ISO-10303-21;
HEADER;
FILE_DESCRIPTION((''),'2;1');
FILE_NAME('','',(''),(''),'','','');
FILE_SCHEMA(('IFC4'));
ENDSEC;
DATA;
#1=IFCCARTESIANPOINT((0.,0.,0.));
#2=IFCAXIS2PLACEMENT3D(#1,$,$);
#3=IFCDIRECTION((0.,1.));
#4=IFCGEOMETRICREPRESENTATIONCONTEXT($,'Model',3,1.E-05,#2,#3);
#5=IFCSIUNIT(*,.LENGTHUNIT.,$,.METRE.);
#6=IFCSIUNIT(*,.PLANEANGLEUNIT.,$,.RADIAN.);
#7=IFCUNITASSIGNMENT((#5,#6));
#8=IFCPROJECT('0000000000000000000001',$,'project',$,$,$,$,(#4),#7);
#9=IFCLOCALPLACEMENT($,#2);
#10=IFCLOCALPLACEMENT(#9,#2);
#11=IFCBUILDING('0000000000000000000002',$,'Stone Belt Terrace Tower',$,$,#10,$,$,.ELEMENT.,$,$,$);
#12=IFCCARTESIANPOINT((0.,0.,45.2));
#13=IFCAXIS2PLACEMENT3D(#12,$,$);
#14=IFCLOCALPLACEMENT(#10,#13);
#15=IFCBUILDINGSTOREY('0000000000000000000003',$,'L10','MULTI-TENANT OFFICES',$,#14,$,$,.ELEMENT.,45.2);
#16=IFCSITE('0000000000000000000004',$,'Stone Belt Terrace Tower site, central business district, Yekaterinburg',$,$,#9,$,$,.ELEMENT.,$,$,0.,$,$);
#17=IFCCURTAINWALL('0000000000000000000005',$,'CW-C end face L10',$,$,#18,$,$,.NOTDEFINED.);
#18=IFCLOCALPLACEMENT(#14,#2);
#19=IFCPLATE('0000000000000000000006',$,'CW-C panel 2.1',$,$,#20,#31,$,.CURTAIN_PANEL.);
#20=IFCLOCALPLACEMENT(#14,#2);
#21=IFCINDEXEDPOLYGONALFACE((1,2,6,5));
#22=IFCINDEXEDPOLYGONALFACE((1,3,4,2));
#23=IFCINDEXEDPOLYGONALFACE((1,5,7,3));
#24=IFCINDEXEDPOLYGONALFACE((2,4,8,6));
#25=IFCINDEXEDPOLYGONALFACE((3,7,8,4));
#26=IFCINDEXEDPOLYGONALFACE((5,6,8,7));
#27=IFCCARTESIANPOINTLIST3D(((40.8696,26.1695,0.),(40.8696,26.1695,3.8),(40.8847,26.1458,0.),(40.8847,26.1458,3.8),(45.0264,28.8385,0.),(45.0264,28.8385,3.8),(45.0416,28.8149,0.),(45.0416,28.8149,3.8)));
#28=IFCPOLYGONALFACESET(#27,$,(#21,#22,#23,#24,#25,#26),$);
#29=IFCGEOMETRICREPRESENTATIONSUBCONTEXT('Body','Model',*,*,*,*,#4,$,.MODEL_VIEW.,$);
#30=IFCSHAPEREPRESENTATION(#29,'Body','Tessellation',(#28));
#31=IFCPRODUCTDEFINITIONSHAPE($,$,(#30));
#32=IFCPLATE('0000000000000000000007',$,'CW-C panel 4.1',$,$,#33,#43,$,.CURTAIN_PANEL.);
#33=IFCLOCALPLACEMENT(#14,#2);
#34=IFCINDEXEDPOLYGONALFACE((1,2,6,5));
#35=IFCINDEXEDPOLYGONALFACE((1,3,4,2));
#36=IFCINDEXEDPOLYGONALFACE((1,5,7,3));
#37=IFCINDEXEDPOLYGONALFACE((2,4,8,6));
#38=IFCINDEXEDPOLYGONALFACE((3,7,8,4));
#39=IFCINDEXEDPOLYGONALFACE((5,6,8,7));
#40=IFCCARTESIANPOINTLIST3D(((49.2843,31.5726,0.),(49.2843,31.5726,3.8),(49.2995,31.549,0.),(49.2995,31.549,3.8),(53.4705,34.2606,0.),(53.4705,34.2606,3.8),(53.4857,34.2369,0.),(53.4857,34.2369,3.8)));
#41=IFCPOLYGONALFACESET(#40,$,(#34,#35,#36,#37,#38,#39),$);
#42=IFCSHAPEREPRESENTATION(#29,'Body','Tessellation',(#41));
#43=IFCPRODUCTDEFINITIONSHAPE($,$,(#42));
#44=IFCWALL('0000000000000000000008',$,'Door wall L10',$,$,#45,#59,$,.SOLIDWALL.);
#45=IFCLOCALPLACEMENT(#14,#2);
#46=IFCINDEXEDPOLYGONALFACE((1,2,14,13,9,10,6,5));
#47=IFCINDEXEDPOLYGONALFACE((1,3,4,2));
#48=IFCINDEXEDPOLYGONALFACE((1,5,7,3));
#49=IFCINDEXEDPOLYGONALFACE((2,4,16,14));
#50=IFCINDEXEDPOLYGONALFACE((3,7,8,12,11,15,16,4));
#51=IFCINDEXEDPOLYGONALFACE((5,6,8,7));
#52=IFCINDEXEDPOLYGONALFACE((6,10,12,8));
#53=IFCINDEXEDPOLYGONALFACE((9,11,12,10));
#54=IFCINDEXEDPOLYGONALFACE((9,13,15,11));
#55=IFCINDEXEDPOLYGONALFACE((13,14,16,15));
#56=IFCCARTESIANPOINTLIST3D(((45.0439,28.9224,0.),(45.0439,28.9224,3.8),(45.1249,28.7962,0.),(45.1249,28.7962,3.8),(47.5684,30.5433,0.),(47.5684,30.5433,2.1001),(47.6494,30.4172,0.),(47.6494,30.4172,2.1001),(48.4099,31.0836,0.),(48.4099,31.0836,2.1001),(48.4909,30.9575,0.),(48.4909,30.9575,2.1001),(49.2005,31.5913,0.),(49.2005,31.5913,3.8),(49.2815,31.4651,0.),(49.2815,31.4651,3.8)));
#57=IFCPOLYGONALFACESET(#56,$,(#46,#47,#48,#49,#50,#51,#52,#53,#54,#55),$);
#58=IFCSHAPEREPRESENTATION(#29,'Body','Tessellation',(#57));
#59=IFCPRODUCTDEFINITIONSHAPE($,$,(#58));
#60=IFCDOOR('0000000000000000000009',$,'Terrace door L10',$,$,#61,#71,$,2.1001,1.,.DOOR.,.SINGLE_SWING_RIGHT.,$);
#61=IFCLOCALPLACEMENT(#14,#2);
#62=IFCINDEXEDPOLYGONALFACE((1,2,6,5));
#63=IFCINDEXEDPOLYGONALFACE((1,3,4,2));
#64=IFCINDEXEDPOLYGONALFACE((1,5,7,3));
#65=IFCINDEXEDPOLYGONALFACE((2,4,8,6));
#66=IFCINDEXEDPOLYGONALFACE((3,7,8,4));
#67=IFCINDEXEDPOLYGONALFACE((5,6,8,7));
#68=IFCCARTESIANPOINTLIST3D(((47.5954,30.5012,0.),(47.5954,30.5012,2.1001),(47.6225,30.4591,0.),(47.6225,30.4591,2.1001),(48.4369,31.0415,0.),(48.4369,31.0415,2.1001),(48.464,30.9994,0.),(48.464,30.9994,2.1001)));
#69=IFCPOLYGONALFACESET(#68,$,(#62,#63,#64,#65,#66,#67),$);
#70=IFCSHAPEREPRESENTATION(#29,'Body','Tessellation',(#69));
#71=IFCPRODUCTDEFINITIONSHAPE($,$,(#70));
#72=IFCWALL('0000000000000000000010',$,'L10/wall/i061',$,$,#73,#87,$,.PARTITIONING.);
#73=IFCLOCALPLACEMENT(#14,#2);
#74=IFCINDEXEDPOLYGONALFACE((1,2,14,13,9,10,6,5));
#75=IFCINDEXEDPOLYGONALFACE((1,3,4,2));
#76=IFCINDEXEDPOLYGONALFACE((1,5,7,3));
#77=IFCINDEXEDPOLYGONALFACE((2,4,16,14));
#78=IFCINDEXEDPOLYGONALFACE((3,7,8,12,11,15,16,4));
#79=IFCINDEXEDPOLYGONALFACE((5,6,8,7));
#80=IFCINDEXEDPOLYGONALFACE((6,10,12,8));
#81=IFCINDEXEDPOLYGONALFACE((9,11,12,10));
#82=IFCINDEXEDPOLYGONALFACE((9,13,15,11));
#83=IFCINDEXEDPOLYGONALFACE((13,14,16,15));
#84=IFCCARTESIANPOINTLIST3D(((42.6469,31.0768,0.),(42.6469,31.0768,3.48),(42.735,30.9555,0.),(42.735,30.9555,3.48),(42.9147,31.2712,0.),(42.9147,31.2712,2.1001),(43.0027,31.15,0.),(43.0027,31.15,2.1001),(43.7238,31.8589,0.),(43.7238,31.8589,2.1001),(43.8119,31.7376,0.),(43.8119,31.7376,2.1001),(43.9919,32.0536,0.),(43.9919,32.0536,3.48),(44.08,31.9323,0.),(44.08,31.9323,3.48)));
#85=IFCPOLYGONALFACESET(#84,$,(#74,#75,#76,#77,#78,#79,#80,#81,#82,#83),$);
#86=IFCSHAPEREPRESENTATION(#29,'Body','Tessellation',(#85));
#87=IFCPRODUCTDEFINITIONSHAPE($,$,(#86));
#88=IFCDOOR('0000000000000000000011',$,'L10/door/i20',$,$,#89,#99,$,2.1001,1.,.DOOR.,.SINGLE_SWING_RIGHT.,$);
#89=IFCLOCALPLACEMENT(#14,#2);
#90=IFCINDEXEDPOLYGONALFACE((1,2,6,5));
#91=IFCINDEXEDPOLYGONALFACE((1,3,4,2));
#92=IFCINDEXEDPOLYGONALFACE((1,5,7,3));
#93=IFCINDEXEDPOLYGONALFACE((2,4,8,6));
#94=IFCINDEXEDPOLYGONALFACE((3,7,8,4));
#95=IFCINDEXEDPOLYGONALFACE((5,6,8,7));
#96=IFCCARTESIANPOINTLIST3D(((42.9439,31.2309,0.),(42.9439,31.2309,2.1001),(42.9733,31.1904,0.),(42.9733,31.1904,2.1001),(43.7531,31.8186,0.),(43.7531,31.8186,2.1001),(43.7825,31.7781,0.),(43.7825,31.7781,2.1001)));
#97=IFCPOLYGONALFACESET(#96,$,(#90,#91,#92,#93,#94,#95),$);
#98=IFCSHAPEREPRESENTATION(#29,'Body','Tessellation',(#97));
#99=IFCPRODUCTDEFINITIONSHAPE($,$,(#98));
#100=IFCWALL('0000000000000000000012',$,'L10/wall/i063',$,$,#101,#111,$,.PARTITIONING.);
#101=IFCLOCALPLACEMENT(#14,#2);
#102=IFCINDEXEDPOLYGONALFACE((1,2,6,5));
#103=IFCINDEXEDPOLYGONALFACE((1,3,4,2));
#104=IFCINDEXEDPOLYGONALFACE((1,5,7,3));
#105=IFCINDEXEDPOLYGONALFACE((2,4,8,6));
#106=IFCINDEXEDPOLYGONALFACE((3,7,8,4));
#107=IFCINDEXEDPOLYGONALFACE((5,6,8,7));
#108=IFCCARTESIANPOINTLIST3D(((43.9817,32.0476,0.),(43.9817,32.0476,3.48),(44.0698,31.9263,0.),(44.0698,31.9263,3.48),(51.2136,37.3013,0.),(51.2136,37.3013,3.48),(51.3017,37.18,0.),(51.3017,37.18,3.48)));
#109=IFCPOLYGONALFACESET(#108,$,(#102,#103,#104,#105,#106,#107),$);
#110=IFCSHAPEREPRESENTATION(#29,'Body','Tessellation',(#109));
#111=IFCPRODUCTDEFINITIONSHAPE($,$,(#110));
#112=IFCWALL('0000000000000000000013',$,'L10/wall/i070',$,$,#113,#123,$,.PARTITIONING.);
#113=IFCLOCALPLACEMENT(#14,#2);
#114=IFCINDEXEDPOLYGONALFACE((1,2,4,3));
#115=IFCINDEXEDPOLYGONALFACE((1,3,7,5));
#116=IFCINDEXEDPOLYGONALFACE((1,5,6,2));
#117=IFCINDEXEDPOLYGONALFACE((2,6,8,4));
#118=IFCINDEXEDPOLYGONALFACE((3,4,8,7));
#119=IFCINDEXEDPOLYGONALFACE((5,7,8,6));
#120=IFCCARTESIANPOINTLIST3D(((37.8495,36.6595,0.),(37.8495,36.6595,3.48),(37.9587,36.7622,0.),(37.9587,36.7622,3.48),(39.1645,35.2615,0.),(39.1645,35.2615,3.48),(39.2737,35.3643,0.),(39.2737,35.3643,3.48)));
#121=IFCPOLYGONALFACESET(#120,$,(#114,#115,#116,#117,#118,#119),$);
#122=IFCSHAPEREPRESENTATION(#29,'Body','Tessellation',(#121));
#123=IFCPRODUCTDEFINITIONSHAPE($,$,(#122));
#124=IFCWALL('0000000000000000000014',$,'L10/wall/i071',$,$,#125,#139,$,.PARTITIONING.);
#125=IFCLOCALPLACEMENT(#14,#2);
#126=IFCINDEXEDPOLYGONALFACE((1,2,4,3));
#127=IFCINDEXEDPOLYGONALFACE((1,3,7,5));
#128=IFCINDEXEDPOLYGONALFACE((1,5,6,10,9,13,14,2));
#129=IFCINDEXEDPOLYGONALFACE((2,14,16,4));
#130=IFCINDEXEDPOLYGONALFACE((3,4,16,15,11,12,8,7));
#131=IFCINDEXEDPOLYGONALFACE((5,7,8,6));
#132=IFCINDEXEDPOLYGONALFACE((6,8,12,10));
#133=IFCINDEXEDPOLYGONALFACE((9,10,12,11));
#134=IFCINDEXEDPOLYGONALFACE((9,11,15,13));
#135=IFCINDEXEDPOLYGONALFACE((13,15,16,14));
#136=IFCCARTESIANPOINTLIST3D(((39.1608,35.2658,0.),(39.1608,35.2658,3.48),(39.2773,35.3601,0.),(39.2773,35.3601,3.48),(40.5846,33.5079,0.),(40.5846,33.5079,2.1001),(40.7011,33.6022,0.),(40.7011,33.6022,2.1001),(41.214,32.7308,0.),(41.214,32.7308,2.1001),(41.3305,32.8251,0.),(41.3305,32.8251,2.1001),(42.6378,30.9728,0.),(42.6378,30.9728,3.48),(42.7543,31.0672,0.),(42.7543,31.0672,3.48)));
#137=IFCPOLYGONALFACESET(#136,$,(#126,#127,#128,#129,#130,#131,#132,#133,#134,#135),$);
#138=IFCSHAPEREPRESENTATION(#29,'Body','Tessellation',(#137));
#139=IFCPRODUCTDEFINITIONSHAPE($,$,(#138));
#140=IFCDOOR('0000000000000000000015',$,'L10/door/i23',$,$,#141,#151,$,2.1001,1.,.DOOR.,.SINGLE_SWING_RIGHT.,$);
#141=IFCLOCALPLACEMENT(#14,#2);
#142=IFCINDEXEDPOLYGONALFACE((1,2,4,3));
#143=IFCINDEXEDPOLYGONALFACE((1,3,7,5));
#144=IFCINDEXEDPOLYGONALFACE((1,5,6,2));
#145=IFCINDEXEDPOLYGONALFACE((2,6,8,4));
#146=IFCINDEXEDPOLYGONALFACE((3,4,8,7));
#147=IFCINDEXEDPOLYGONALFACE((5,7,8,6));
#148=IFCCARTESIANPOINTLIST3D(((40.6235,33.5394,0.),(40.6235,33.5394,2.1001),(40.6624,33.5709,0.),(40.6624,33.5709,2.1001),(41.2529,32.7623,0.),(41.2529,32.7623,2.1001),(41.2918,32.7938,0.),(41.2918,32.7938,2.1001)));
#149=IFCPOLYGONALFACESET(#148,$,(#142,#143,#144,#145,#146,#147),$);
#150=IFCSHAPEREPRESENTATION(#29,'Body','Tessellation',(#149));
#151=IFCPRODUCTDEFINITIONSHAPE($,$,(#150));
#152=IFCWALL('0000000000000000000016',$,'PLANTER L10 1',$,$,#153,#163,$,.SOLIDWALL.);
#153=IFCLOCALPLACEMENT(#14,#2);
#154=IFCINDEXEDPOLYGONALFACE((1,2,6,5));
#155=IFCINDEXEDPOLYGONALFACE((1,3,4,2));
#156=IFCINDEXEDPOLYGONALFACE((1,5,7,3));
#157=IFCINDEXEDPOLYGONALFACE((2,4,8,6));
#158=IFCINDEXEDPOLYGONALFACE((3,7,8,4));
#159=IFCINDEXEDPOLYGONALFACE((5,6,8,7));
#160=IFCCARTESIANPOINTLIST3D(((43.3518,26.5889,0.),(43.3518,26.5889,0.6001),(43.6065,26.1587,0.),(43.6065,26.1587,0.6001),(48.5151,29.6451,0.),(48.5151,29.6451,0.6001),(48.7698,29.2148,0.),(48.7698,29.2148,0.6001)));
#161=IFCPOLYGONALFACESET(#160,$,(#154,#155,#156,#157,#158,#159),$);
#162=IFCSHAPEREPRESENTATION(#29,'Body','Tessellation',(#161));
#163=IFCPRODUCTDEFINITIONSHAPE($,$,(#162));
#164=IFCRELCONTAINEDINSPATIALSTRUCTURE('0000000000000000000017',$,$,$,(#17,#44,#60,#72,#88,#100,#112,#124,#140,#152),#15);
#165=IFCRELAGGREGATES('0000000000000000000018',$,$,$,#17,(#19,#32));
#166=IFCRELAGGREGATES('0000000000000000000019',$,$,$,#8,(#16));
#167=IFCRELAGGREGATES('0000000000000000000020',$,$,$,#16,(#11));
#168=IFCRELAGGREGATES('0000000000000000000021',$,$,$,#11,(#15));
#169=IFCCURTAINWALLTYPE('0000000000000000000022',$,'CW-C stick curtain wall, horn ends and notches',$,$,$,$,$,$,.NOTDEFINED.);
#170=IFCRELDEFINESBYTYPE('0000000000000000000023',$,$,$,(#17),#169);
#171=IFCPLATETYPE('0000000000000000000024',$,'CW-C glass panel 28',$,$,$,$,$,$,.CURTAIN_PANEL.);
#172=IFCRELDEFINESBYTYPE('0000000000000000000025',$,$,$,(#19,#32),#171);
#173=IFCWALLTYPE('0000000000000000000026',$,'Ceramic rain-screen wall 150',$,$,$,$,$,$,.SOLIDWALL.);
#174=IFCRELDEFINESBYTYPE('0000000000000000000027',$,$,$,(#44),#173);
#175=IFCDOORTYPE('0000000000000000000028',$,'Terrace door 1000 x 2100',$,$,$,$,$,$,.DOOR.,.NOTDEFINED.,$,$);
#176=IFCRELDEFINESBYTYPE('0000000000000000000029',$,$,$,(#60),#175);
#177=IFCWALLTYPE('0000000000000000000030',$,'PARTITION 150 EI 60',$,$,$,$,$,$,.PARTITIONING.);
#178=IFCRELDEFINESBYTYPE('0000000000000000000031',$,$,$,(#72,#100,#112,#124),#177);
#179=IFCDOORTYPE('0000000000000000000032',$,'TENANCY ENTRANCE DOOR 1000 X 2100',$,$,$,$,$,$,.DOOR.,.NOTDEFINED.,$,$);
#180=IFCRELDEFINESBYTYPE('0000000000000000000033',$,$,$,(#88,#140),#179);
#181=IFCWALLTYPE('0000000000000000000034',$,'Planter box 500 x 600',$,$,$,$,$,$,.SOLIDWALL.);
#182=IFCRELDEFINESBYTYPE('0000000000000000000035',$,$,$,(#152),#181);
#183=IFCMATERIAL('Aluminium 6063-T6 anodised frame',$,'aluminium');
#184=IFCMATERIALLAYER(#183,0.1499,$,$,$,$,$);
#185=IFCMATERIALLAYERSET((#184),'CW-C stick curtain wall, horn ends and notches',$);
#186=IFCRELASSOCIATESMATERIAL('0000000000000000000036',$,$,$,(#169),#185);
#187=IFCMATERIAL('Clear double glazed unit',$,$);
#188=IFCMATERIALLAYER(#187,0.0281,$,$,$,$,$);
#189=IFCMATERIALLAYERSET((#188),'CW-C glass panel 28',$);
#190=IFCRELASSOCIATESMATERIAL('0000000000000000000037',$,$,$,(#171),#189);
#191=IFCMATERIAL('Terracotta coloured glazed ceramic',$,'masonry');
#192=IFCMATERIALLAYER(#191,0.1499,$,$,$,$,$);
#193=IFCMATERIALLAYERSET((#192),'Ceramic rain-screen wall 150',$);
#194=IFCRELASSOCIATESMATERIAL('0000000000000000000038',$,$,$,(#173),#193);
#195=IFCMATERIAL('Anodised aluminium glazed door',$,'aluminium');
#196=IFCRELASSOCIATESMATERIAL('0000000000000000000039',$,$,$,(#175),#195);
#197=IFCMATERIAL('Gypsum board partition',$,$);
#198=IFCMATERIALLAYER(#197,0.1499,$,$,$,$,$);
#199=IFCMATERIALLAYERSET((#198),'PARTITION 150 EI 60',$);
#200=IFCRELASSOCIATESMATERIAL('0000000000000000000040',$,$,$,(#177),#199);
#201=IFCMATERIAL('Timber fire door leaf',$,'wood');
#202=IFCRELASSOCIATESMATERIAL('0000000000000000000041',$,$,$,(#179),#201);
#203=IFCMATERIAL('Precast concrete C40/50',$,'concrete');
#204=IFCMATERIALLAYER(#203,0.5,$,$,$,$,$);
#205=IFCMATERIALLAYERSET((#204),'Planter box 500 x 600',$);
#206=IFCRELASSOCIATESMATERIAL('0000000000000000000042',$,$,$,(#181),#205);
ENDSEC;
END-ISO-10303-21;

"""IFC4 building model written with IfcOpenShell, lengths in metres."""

from ifc_helpers import new_model, si_unit, direction, frame, frame_2d, origin, origin_2d, place, context, subcontext, project, spatial, rectangle, extrude, material, layer, layer_set, type_object, element, fill, aggregate, save


model = new_model("IFC4")

# Units and contexts
model_context = context("Model", 3, precision=1e-05, world=origin(), true_north=direction((0.0, 1.0)))
body_context = subcontext(model_context, "Body", "Model", "MODEL_VIEW")
ifc_project = project(units=[si_unit("LENGTHUNIT", "METRE"), si_unit("PLANEANGLEUNIT", "RADIAN")], contexts=[model_context])

# Site, building, storey
site_placement = place(None, origin())
site = spatial("IfcSite", under=ifc_project, at=site_placement, Name="Stone Belt Terrace Tower site, central business district, Yekaterinburg", CompositionType="ELEMENT", RefElevation=0.0)
building_placement = place(site_placement, origin())
building = spatial("IfcBuilding", under=site, at=building_placement, Name="Stone Belt Terrace Tower", CompositionType="ELEMENT")
storey_placement = place(building_placement, frame((0.0, 0.0, 45.2)))
storey = spatial("IfcBuildingStorey", under=building, at=storey_placement, Name="L10", Description="MULTI-TENANT OFFICES", CompositionType="ELEMENT", Elevation=45.2)

# Curtain wall
ifc_material_1 = material(Name="Aluminium 6063-T6 anodised frame", Category="aluminium")
ifc_layer_1 = layer(ifc_material_1, 0.1499)
ifc_layer_set_1 = layer_set([ifc_layer_1], Name="CW-C stick curtain wall, horn ends and notches")
curtain_wall_type = type_object("IfcCurtainWallType", Name="CW-C stick curtain wall, horn ends and notches", PredefinedType="NOTDEFINED", material=ifc_layer_set_1)
curtain_wall_1_placement = place(storey_placement, origin())
curtain_wall_1 = element("IfcCurtainWall", 1, at=curtain_wall_1_placement, inside=storey, type_object=curtain_wall_type, Name="CW-C end face L10", PredefinedType="NOTDEFINED")

# Plates
ifc_material_2 = material(Name="Clear double glazed unit")
ifc_layer_2 = layer(ifc_material_2, 0.0281)
ifc_layer_set_2 = layer_set([ifc_layer_2], Name="CW-C glass panel 28")
plate_type = type_object("IfcPlateType", Name="CW-C glass panel 28", PredefinedType="CURTAIN_PANEL", material=ifc_layer_set_2)
plate_1_placement = place(storey_placement, frame((42.9556, 27.4922, 0.0), z_axis=(0.0, 0.0, 1.0), x_axis=(0.841471, 0.540302, 0.0)))
plate_1 = element("IfcPlate", 2, at=plate_1_placement, type_object=plate_type, Name="CW-C panel 2.1", PredefinedType="CURTAIN_PANEL", context=body_context, shape_type="SweptSolid", body=[
    extrude(rectangle(XDim=4.9399, YDim=0.0281, at=origin_2d()), origin(), (0.0, 0.0, 1.0), 3.8),
])
plate_2_placement = place(storey_placement, frame((51.385, 32.9048, 0.0), z_axis=(0.0, 0.0, 1.0), x_axis=(0.841471, 0.540302, 0.0)))
plate_2 = element("IfcPlate", 3, at=plate_2_placement, type_object=plate_type, Name="CW-C panel 4.1", PredefinedType="CURTAIN_PANEL", context=body_context, shape_type="SweptSolid", body=[
    extrude(rectangle(XDim=4.9749, YDim=0.0281, at=origin_2d()), origin(), (0.0, 0.0, 1.0), 3.8),
])
aggregate(curtain_wall_1, [plate_1, plate_2])

# Walls, openings, doors
ifc_material_3 = material(Name="Terracotta coloured glazed ceramic", Category="masonry")
ifc_layer_3 = layer(ifc_material_3, 0.1499)
ifc_layer_set_3 = layer_set([ifc_layer_3], Name="Ceramic rain-screen wall 150")
wall_type_1 = type_object("IfcWallType", Name="Ceramic rain-screen wall 150", PredefinedType="SOLIDWALL", material=ifc_layer_set_3)
wall_1_placement = place(storey_placement, frame((45.0845, 28.8594, 0.0), z_axis=(0.0, 0.0, 1.0), x_axis=(0.841477, 0.540293, 0.0)))
wall_1 = element("IfcWall", 4, at=wall_1_placement, inside=storey, type_object=wall_type_1, Name="Door wall L10", PredefinedType="SOLIDWALL", context=body_context, shape_type="SweptSolid", body=[
    extrude(rectangle(XDim=4.9397, YDim=0.1499, at=frame_2d((2.4697, 0.0))), origin(), (0.0, 0.0, 1.0), 3.8),
])
opening_1_placement = place(wall_1_placement, frame((3.0, 0.0, 0.0)))
opening_1 = element("IfcOpeningElement", 5, at=opening_1_placement, cuts=wall_1, PredefinedType="OPENING", context=body_context, shape_type="SweptSolid", body=[
    extrude(rectangle(XDim=1.0, YDim=2.1001, at=frame_2d((0.5, 1.05))), frame((0.0, 0.085, 0.0), z_axis=(0.0, -1.0, 0.0), x_axis=(1.0, 0.0, 0.0)), (0.0, 0.0, 1.0), 0.1699),
])
ifc_material_4 = material(Name="Anodised aluminium glazed door", Category="aluminium")
door_type_1 = type_object("IfcDoorType", Name="Terrace door 1000 x 2100", OperationType="NOTDEFINED", PredefinedType="DOOR", material=ifc_material_4)
door_1_placement = place(opening_1_placement, origin())
door_1 = element("IfcDoor", 6, at=door_1_placement, inside=storey, type_object=door_type_1, Name="Terrace door L10", OperationType="SINGLE_SWING_RIGHT", OverallHeight=2.1001, OverallWidth=1.0, PredefinedType="DOOR", context=body_context, shape_type="SweptSolid", body=[
    extrude(rectangle(XDim=1.0, YDim=2.1001, at=frame_2d((0.5, 1.05))), frame((0.0, 0.0249, 0.0), z_axis=(0.0, -1.0, 0.0), x_axis=(1.0, 0.0, 0.0)), (0.0, 0.0, 1.0), 0.05),
])
fill(opening_1, door_1)
ifc_material_5 = material(Name="Gypsum board partition")
ifc_layer_4 = layer(ifc_material_5, 0.1499)
ifc_layer_set_4 = layer_set([ifc_layer_4], Name="PARTITION 150 EI 60")
wall_type_2 = type_object("IfcWallType", Name="PARTITION 150 EI 60", PredefinedType="PARTITIONING", material=ifc_layer_set_4)
wall_2_placement = place(storey_placement, frame((44.0359, 31.9929, 0.0), z_axis=(0.0, 0.0, 1.0), x_axis=(-0.809123, -0.587639, 0.0)))
wall_2 = element("IfcWall", 7, at=wall_2_placement, inside=storey, type_object=wall_type_2, Name="L10/wall/i061", PredefinedType="PARTITIONING", context=body_context, shape_type="SweptSolid", body=[
    extrude(rectangle(XDim=1.6624, YDim=0.1499, at=frame_2d((0.8311, 0.0))), origin(), (0.0, 0.0, 1.0), 3.48),
])
opening_2_placement = place(wall_2_placement, frame((0.3313, 0.0, 0.0)))
opening_2 = element("IfcOpeningElement", 8, at=opening_2_placement, cuts=wall_2, PredefinedType="OPENING", context=body_context, shape_type="SweptSolid", body=[
    extrude(rectangle(XDim=1.0, YDim=2.1001, at=frame_2d((0.5, 1.05))), frame((0.0, 0.085, 0.0), z_axis=(0.0, -1.0, 0.0), x_axis=(1.0, 0.0, 0.0)), (0.0, 0.0, 1.0), 0.1699),
])
ifc_material_6 = material(Name="Timber fire door leaf", Category="wood")
door_type_2 = type_object("IfcDoorType", Name="TENANCY ENTRANCE DOOR 1000 X 2100", OperationType="NOTDEFINED", PredefinedType="DOOR", material=ifc_material_6)
door_2_placement = place(opening_2_placement, origin())
door_2 = element("IfcDoor", 9, at=door_2_placement, inside=storey, type_object=door_type_2, Name="L10/door/i20", OperationType="SINGLE_SWING_RIGHT", OverallHeight=2.1001, OverallWidth=1.0, PredefinedType="DOOR", context=body_context, shape_type="SweptSolid", body=[
    extrude(rectangle(XDim=1.0, YDim=2.1001, at=frame_2d((0.5, 1.05))), frame((0.0, 0.0249, 0.0), z_axis=(0.0, -1.0, 0.0), x_axis=(1.0, 0.0, 0.0)), (0.0, 0.0, 1.0), 0.05),
])
fill(opening_2, door_2)

# Walls
wall_3_placement = place(storey_placement, frame((44.0259, 31.9871, 0.0), z_axis=(0.0, 0.0, 1.0), x_axis=(0.809051, 0.587738, 0.0)))
element("IfcWall", 10, at=wall_3_placement, inside=storey, type_object=wall_type_2, Name="L10/wall/i063", PredefinedType="PARTITIONING", context=body_context, shape_type="SweptSolid", body=[
    extrude(rectangle(XDim=8.9387, YDim=0.1499, at=frame_2d((4.4692, 0.0))), origin(), (0.0, 0.0, 1.0), 3.48),
])
wall_4_placement = place(storey_placement, frame((39.219, 35.313, 0.0), z_axis=(0.0, 0.0, 1.0), x_axis=(-0.68515, 0.728402, 0.0)))
element("IfcWall", 11, at=wall_4_placement, inside=storey, type_object=wall_type_2, Name="L10/wall/i070", PredefinedType="PARTITIONING", context=body_context, shape_type="SweptSolid", body=[
    extrude(rectangle(XDim=1.9192, YDim=0.1499, at=frame_2d((0.9595, 0.0))), origin(), (0.0, 0.0, 1.0), 3.48),
])

# Wall, opening, door
wall_5_placement = place(storey_placement, frame((42.696, 31.02, 0.0), z_axis=(0.0, 0.0, 1.0), x_axis=(-0.629394, 0.777086, 0.0)))
wall_5 = element("IfcWall", 12, at=wall_5_placement, inside=storey, type_object=wall_type_2, Name="L10/wall/i071", PredefinedType="PARTITIONING", context=body_context, shape_type="SweptSolid", body=[
    extrude(rectangle(XDim=5.5244, YDim=0.1499, at=frame_2d((2.7622, 0.0))), origin(), (0.0, 0.0, 1.0), 3.48),
])
opening_3_placement = place(wall_5_placement, frame((2.2622, 0.0, 0.0)))
opening_3 = element("IfcOpeningElement", 13, at=opening_3_placement, cuts=wall_5, PredefinedType="OPENING", context=body_context, shape_type="SweptSolid", body=[
    extrude(rectangle(XDim=1.0, YDim=2.1001, at=frame_2d((0.5, 1.05))), frame((0.0, 0.085, 0.0), z_axis=(0.0, -1.0, 0.0), x_axis=(1.0, 0.0, 0.0)), (0.0, 0.0, 1.0), 0.1699),
])
door_3_placement = place(opening_3_placement, origin())
door_3 = element("IfcDoor", 14, at=door_3_placement, inside=storey, type_object=door_type_2, Name="L10/door/i23", OperationType="SINGLE_SWING_RIGHT", OverallHeight=2.1001, OverallWidth=1.0, PredefinedType="DOOR", context=body_context, shape_type="SweptSolid", body=[
    extrude(rectangle(XDim=1.0, YDim=2.1001, at=frame_2d((0.5, 1.05))), frame((0.0, 0.0249, 0.0), z_axis=(0.0, -1.0, 0.0), x_axis=(1.0, 0.0, 0.0)), (0.0, 0.0, 1.0), 0.05),
])
fill(opening_3, door_3)

# Wall
ifc_material_7 = material(Name="Precast concrete C40/50", Category="concrete")
ifc_layer_5 = layer(ifc_material_7, 0.5)
ifc_layer_set_5 = layer_set([ifc_layer_5], Name="Planter box 500 x 600")
wall_type_3 = type_object("IfcWallType", Name="Planter box 500 x 600", PredefinedType="SOLIDWALL", material=ifc_layer_set_5)
wall_6_placement = place(storey_placement, frame((46.0608, 27.9019, 0.0), z_axis=(0.0, 0.0, 1.0), x_axis=(0.860558, 0.509353, 0.0)))
element("IfcWall", 15, at=wall_6_placement, inside=storey, type_object=wall_type_3, Name="PLANTER L10 1", PredefinedType="SOLIDWALL", context=body_context, shape_type="SweptSolid", body=[
    extrude(rectangle(XDim=6.0, YDim=0.5, at=origin_2d()), origin(), (0.0, 0.0, 1.0), 0.6001),
])

save(model, "model.ifc")
